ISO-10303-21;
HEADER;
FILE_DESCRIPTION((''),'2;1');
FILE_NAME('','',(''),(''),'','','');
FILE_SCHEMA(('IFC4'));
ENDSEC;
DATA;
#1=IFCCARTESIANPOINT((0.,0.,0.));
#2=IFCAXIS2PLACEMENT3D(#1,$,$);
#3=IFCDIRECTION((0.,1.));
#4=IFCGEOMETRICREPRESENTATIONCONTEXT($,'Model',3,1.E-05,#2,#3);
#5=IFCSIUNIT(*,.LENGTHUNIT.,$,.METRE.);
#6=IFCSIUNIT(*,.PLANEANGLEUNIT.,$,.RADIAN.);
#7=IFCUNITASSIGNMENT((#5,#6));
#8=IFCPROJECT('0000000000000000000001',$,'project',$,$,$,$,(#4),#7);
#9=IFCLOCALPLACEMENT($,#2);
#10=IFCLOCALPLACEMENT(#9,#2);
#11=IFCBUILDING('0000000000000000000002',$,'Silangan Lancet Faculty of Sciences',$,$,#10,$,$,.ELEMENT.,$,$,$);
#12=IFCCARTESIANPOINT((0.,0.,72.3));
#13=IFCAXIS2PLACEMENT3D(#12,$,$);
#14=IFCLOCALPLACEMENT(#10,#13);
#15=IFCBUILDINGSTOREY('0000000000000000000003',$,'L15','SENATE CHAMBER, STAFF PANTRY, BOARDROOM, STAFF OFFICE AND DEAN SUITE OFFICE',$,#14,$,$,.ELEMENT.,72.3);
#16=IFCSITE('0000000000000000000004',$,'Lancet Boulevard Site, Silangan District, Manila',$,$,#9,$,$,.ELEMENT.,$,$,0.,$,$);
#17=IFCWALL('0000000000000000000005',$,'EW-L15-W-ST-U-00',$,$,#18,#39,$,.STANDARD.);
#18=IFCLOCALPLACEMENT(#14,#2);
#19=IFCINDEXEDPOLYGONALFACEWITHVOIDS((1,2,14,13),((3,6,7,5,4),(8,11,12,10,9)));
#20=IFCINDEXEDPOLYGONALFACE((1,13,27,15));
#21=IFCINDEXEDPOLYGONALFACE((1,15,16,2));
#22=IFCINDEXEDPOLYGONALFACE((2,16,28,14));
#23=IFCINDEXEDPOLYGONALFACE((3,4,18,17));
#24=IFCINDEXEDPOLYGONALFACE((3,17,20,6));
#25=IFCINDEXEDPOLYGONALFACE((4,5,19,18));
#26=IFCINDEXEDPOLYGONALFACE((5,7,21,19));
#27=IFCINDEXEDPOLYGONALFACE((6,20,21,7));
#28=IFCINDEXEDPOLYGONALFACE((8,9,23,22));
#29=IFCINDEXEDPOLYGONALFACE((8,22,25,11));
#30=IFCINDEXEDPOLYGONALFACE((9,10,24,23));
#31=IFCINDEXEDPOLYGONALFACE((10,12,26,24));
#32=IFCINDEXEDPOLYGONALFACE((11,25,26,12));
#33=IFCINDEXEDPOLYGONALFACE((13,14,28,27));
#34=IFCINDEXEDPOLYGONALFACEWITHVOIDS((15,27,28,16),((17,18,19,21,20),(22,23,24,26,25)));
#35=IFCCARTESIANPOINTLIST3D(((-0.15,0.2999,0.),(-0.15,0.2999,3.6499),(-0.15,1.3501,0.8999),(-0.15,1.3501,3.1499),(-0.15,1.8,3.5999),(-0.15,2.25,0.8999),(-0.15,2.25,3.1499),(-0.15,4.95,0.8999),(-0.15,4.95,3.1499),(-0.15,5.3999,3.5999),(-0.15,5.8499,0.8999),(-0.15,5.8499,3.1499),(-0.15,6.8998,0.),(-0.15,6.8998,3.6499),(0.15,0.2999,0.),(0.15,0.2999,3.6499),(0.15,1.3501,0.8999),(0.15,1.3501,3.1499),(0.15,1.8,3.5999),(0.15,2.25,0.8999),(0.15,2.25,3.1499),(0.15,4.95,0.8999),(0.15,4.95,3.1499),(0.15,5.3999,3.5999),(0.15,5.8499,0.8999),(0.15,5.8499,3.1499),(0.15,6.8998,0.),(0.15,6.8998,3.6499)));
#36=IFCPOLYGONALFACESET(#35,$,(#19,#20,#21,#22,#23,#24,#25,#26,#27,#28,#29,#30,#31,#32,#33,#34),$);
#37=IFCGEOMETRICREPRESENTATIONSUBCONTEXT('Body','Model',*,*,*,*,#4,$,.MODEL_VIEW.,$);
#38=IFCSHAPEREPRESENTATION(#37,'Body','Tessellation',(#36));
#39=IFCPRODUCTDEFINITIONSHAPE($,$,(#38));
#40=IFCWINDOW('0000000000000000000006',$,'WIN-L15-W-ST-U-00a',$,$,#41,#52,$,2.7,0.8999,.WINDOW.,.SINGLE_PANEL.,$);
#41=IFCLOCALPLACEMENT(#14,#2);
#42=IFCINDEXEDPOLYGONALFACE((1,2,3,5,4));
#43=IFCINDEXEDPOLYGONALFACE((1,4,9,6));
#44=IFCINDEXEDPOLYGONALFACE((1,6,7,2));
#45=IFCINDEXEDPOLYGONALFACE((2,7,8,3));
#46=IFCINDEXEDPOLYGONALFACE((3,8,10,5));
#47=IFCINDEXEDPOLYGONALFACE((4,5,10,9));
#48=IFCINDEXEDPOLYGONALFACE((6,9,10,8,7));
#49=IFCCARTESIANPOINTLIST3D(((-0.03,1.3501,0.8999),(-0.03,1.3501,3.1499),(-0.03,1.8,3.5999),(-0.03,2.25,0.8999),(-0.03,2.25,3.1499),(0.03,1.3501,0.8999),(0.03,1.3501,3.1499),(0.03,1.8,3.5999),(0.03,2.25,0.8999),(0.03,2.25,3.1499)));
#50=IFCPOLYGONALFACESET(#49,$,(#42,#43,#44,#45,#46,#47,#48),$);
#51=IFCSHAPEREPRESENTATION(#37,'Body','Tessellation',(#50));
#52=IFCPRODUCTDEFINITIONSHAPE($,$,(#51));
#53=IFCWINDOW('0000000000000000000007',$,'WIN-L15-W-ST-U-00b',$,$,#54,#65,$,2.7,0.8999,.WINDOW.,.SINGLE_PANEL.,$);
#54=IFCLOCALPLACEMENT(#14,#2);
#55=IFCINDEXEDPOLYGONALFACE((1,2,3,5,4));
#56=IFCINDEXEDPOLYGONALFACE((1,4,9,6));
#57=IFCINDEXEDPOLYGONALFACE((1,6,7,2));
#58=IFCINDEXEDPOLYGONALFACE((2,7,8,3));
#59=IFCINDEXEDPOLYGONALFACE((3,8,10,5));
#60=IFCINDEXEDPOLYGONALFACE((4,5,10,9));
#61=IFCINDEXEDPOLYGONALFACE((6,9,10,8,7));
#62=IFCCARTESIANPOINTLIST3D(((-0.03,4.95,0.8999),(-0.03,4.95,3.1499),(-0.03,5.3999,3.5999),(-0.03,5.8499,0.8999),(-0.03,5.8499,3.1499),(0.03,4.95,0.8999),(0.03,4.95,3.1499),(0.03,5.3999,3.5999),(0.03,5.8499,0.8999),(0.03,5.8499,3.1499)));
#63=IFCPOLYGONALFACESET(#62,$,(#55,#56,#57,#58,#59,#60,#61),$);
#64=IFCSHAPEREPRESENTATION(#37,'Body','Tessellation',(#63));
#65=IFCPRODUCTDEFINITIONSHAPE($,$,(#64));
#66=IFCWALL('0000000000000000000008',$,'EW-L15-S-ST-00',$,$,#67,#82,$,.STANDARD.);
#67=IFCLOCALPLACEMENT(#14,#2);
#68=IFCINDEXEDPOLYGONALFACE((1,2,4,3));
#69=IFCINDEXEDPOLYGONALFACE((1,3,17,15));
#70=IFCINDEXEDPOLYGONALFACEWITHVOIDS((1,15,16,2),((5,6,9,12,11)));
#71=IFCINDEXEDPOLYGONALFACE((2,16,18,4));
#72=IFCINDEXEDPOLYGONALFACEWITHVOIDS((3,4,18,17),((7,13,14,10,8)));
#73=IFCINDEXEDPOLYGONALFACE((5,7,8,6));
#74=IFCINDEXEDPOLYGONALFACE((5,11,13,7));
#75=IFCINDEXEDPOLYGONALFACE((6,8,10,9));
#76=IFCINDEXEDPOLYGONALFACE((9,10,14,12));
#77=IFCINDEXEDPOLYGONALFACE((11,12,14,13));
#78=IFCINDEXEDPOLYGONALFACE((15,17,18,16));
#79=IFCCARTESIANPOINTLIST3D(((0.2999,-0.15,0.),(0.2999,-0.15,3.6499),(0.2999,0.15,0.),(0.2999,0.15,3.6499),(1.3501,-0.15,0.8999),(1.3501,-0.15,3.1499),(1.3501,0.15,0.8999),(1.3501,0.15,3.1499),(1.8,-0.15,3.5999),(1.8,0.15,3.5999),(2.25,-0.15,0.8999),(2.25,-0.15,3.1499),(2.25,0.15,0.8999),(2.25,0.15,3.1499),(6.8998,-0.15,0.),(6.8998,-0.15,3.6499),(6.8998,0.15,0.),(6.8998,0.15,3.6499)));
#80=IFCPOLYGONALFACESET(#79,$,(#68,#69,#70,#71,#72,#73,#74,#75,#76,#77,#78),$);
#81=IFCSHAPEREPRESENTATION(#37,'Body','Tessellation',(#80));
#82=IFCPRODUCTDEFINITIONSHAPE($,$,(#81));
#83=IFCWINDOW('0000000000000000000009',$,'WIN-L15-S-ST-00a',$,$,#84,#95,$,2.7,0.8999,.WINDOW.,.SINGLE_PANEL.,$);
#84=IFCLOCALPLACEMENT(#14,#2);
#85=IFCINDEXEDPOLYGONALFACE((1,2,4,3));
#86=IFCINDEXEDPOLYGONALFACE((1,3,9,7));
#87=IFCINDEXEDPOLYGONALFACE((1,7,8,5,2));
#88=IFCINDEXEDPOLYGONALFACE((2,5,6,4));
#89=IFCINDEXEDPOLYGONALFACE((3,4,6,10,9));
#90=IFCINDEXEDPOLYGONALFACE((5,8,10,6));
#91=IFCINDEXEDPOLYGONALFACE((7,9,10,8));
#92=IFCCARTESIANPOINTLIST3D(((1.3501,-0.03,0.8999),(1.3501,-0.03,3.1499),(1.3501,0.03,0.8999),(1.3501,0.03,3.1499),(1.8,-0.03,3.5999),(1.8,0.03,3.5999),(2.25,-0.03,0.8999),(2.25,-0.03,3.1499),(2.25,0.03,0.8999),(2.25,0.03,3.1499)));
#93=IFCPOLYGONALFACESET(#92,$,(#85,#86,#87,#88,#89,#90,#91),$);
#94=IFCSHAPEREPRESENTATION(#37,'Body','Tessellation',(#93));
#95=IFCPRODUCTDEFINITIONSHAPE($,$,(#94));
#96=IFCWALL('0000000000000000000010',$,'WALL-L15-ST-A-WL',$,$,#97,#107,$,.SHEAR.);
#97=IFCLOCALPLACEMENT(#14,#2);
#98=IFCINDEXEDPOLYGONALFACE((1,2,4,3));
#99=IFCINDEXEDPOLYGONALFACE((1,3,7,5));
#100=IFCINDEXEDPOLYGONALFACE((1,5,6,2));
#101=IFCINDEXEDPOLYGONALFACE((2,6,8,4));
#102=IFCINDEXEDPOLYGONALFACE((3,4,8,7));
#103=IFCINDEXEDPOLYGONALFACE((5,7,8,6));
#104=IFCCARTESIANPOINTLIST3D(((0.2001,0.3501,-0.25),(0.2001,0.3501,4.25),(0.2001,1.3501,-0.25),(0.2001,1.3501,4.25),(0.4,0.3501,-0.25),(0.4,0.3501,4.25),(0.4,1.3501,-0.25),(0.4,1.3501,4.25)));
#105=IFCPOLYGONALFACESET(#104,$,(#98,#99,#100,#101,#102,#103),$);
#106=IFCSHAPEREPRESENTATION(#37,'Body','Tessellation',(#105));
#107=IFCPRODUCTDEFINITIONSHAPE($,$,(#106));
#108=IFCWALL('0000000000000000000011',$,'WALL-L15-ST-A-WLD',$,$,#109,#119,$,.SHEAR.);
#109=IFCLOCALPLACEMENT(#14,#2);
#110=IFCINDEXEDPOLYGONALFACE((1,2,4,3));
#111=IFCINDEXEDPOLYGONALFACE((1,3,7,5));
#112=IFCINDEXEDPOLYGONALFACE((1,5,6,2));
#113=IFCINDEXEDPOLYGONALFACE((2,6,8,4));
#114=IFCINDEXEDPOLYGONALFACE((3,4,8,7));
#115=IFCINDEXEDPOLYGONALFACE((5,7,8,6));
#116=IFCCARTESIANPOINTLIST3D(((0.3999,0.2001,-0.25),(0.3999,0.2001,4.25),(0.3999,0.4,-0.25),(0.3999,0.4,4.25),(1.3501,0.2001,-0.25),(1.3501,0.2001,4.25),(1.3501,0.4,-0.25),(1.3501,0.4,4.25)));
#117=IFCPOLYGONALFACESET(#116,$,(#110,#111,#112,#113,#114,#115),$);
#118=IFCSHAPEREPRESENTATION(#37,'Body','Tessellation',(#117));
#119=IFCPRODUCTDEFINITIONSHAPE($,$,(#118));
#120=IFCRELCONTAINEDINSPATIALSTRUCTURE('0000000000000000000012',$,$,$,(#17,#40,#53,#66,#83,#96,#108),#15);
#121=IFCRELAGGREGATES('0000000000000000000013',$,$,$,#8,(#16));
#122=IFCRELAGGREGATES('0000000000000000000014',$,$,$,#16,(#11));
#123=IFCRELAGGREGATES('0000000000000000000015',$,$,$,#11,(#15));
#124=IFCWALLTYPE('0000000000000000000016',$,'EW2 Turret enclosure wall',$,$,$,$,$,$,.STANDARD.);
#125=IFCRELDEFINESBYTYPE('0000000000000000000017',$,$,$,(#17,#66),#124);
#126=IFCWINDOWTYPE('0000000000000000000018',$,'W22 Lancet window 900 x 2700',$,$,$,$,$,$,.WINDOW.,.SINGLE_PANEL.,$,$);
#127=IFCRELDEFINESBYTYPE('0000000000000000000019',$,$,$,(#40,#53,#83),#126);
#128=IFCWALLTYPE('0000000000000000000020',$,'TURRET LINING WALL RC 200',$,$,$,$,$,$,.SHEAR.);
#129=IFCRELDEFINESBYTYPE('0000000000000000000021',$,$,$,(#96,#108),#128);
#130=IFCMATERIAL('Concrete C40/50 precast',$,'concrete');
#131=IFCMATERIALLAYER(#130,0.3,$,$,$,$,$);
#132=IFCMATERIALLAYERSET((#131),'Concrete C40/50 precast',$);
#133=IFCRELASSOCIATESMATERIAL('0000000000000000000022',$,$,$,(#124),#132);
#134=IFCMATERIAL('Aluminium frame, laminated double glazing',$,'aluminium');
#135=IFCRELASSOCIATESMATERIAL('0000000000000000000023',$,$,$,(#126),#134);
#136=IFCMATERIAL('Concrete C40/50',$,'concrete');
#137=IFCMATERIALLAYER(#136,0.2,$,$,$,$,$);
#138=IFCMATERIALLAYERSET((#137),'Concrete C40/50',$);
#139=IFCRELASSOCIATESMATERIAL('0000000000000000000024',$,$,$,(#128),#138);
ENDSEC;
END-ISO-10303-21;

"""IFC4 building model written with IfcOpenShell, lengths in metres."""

from ifc_helpers import new_model, si_unit, direction, frame, frame_2d, origin, place, context, subcontext, project, spatial, polyline, rectangle, outline, extrude, material, layer, layer_set, type_object, element, fill, save


model = new_model("IFC4")

# Units and contexts
model_context = context("Model", 3, precision=1e-05, world=origin(), true_north=direction((0.0, 1.0)))
body_context = subcontext(model_context, "Body", "Model", "MODEL_VIEW")
ifc_project = project(units=[si_unit("LENGTHUNIT", "METRE"), si_unit("PLANEANGLEUNIT", "RADIAN")], contexts=[model_context])

# Site, building, storey
site_placement = place(None, origin())
site = spatial("IfcSite", under=ifc_project, at=site_placement, Name="Lancet Boulevard Site, Silangan District, Manila", CompositionType="ELEMENT", RefElevation=0.0)
building_placement = place(site_placement, origin())
building = spatial("IfcBuilding", under=site, at=building_placement, Name="Silangan Lancet Faculty of Sciences", CompositionType="ELEMENT")
storey_placement = place(building_placement, frame((0.0, 0.0, 72.3)))
storey = spatial("IfcBuildingStorey", under=building, at=storey_placement, Name="L15", Description="SENATE CHAMBER, STAFF PANTRY, BOARDROOM, STAFF OFFICE AND DEAN SUITE OFFICE", CompositionType="ELEMENT", Elevation=72.3)

# Wall, openings, windows
ifc_material_1 = material(Name="Concrete C40/50 precast", Category="concrete")
ifc_layer_1 = layer(ifc_material_1, 0.3)
ifc_layer_set_1 = layer_set([ifc_layer_1], Name="Concrete C40/50 precast")
wall_type_1 = type_object("IfcWallType", Name="EW2 Turret enclosure wall", PredefinedType="STANDARD", material=ifc_layer_set_1)
wall_1_placement = place(storey_placement, frame((0.0, 0.3, 0.0), z_axis=(0.0, 0.0, 1.0), x_axis=(0.0, 1.0, 0.0)))
wall_1 = element("IfcWall", 1, at=wall_1_placement, inside=storey, type_object=wall_type_1, Name="EW-L15-W-ST-U-00", PredefinedType="STANDARD", context=body_context, shape_type="SweptSolid", body=[
    extrude(rectangle(XDim=6.5999, YDim=0.3, at=frame_2d((3.2998, 0.0))), origin(), (0.0, 0.0, 1.0), 3.6499),
])
opening_1_placement = place(wall_1_placement, frame((1.05, 0.0, 0.8999)))
opening_1 = element("IfcOpeningElement", 2, at=opening_1_placement, cuts=wall_1, PredefinedType="OPENING", context=body_context, shape_type="SweptSolid", body=[
    extrude(outline(polyline([(0.0, 0.0), (0.8999, 0.0), (0.8999, 2.25), (0.45, 2.7), (0.0, 2.25), (0.0, 0.0)])), frame((0.0, 0.1599, 0.0), z_axis=(0.0, -1.0, 0.0), x_axis=(1.0, 0.0, 0.0)), (0.0, 0.0, 1.0), 0.3201),
])
opening_2_placement = place(wall_1_placement, frame((4.6499, 0.0, 0.8999)))
opening_2 = element("IfcOpeningElement", 3, at=opening_2_placement, cuts=wall_1, PredefinedType="OPENING", context=body_context, shape_type="SweptSolid", body=[
    extrude(outline(polyline([(0.0, 0.0), (0.8999, 0.0), (0.8999, 2.25), (0.45, 2.7), (0.0, 2.25), (0.0, 0.0)])), frame((0.0, 0.1599, 0.0), z_axis=(0.0, -1.0, 0.0), x_axis=(1.0, 0.0, 0.0)), (0.0, 0.0, 1.0), 0.3201),
])
ifc_material_2 = material(Name="Aluminium frame, laminated double glazing", Category="aluminium")
window_type = type_object("IfcWindowType", Name="W22 Lancet window 900 x 2700", PartitioningType="SINGLE_PANEL", PredefinedType="WINDOW", material=ifc_material_2)
window_1_placement = place(opening_1_placement, origin())
window_1 = element("IfcWindow", 4, at=window_1_placement, inside=storey, type_object=window_type, Name="WIN-L15-W-ST-U-00a", OverallHeight=2.7, OverallWidth=0.8999, PartitioningType="SINGLE_PANEL", PredefinedType="WINDOW", context=body_context, shape_type="SweptSolid", body=[
    extrude(outline(polyline([(0.0, 0.0), (0.8999, 0.0), (0.8999, 2.25), (0.45, 2.7), (0.0, 2.25), (0.0, 0.0)])), frame((0.0, 0.03, 0.0), z_axis=(0.0, -1.0, 0.0), x_axis=(1.0, 0.0, 0.0)), (0.0, 0.0, 1.0), 0.0601),
])
fill(opening_1, window_1)
window_2_placement = place(opening_2_placement, origin())
window_2 = element("IfcWindow", 5, at=window_2_placement, inside=storey, type_object=window_type, Name="WIN-L15-W-ST-U-00b", OverallHeight=2.7, OverallWidth=0.8999, PartitioningType="SINGLE_PANEL", PredefinedType="WINDOW", context=body_context, shape_type="SweptSolid", body=[
    extrude(outline(polyline([(0.0, 0.0), (0.8999, 0.0), (0.8999, 2.25), (0.45, 2.7), (0.0, 2.25), (0.0, 0.0)])), frame((0.0, 0.03, 0.0), z_axis=(0.0, -1.0, 0.0), x_axis=(1.0, 0.0, 0.0)), (0.0, 0.0, 1.0), 0.0601),
])
fill(opening_2, window_2)

# Wall, opening, window
wall_2_placement = place(storey_placement, frame((0.3, 0.0, 0.0), z_axis=(0.0, 0.0, 1.0), x_axis=(1.0, 0.0, 0.0)))
wall_2 = element("IfcWall", 6, at=wall_2_placement, inside=storey, type_object=wall_type_1, Name="EW-L15-S-ST-00", PredefinedType="STANDARD", context=body_context, shape_type="SweptSolid", body=[
    extrude(rectangle(XDim=6.5999, YDim=0.3, at=frame_2d((3.2998, 0.0))), origin(), (0.0, 0.0, 1.0), 3.6499),
])
opening_3_placement = place(wall_2_placement, frame((1.05, 0.0, 0.8999)))
opening_3 = element("IfcOpeningElement", 7, at=opening_3_placement, cuts=wall_2, PredefinedType="OPENING", context=body_context, shape_type="SweptSolid", body=[
    extrude(outline(polyline([(0.0, 0.0), (0.8999, 0.0), (0.8999, 2.25), (0.45, 2.7), (0.0, 2.25), (0.0, 0.0)])), frame((0.0, 0.1599, 0.0), z_axis=(0.0, -1.0, 0.0), x_axis=(1.0, 0.0, 0.0)), (0.0, 0.0, 1.0), 0.3201),
])
window_3_placement = place(opening_3_placement, origin())
window_3 = element("IfcWindow", 8, at=window_3_placement, inside=storey, type_object=window_type, Name="WIN-L15-S-ST-00a", OverallHeight=2.7, OverallWidth=0.8999, PartitioningType="SINGLE_PANEL", PredefinedType="WINDOW", context=body_context, shape_type="SweptSolid", body=[
    extrude(outline(polyline([(0.0, 0.0), (0.8999, 0.0), (0.8999, 2.25), (0.45, 2.7), (0.0, 2.25), (0.0, 0.0)])), frame((0.0, 0.03, 0.0), z_axis=(0.0, -1.0, 0.0), x_axis=(1.0, 0.0, 0.0)), (0.0, 0.0, 1.0), 0.0601),
])
fill(opening_3, window_3)

# Walls
ifc_material_3 = material(Name="Concrete C40/50", Category="concrete")
ifc_layer_2 = layer(ifc_material_3, 0.2)
ifc_layer_set_2 = layer_set([ifc_layer_2], Name="Concrete C40/50")
wall_type_2 = type_object("IfcWallType", Name="TURRET LINING WALL RC 200", PredefinedType="SHEAR", material=ifc_layer_set_2)
wall_3_placement = place(storey_placement, frame((0.3, 0.3501, -0.25), z_axis=(0.0, 0.0, 1.0), x_axis=(0.0, 1.0, 0.0)))
element("IfcWall", 9, at=wall_3_placement, inside=storey, type_object=wall_type_2, Name="WALL-L15-ST-A-WL", PredefinedType="SHEAR", context=body_context, shape_type="SweptSolid", body=[
    extrude(rectangle(XDim=1.0, YDim=0.2, at=frame_2d((0.5, 0.0))), origin(), (0.0, 0.0, 1.0), 4.5),
])
wall_4_placement = place(storey_placement, frame((0.3999, 0.3, -0.25), z_axis=(0.0, 0.0, 1.0), x_axis=(1.0, 0.0, 0.0)))
element("IfcWall", 10, at=wall_4_placement, inside=storey, type_object=wall_type_2, Name="WALL-L15-ST-A-WLD", PredefinedType="SHEAR", context=body_context, shape_type="SweptSolid", body=[
    extrude(rectangle(XDim=0.9502, YDim=0.2, at=frame_2d((0.4751, 0.0))), origin(), (0.0, 0.0, 1.0), 4.5),
])

save(model, "model.ifc")
